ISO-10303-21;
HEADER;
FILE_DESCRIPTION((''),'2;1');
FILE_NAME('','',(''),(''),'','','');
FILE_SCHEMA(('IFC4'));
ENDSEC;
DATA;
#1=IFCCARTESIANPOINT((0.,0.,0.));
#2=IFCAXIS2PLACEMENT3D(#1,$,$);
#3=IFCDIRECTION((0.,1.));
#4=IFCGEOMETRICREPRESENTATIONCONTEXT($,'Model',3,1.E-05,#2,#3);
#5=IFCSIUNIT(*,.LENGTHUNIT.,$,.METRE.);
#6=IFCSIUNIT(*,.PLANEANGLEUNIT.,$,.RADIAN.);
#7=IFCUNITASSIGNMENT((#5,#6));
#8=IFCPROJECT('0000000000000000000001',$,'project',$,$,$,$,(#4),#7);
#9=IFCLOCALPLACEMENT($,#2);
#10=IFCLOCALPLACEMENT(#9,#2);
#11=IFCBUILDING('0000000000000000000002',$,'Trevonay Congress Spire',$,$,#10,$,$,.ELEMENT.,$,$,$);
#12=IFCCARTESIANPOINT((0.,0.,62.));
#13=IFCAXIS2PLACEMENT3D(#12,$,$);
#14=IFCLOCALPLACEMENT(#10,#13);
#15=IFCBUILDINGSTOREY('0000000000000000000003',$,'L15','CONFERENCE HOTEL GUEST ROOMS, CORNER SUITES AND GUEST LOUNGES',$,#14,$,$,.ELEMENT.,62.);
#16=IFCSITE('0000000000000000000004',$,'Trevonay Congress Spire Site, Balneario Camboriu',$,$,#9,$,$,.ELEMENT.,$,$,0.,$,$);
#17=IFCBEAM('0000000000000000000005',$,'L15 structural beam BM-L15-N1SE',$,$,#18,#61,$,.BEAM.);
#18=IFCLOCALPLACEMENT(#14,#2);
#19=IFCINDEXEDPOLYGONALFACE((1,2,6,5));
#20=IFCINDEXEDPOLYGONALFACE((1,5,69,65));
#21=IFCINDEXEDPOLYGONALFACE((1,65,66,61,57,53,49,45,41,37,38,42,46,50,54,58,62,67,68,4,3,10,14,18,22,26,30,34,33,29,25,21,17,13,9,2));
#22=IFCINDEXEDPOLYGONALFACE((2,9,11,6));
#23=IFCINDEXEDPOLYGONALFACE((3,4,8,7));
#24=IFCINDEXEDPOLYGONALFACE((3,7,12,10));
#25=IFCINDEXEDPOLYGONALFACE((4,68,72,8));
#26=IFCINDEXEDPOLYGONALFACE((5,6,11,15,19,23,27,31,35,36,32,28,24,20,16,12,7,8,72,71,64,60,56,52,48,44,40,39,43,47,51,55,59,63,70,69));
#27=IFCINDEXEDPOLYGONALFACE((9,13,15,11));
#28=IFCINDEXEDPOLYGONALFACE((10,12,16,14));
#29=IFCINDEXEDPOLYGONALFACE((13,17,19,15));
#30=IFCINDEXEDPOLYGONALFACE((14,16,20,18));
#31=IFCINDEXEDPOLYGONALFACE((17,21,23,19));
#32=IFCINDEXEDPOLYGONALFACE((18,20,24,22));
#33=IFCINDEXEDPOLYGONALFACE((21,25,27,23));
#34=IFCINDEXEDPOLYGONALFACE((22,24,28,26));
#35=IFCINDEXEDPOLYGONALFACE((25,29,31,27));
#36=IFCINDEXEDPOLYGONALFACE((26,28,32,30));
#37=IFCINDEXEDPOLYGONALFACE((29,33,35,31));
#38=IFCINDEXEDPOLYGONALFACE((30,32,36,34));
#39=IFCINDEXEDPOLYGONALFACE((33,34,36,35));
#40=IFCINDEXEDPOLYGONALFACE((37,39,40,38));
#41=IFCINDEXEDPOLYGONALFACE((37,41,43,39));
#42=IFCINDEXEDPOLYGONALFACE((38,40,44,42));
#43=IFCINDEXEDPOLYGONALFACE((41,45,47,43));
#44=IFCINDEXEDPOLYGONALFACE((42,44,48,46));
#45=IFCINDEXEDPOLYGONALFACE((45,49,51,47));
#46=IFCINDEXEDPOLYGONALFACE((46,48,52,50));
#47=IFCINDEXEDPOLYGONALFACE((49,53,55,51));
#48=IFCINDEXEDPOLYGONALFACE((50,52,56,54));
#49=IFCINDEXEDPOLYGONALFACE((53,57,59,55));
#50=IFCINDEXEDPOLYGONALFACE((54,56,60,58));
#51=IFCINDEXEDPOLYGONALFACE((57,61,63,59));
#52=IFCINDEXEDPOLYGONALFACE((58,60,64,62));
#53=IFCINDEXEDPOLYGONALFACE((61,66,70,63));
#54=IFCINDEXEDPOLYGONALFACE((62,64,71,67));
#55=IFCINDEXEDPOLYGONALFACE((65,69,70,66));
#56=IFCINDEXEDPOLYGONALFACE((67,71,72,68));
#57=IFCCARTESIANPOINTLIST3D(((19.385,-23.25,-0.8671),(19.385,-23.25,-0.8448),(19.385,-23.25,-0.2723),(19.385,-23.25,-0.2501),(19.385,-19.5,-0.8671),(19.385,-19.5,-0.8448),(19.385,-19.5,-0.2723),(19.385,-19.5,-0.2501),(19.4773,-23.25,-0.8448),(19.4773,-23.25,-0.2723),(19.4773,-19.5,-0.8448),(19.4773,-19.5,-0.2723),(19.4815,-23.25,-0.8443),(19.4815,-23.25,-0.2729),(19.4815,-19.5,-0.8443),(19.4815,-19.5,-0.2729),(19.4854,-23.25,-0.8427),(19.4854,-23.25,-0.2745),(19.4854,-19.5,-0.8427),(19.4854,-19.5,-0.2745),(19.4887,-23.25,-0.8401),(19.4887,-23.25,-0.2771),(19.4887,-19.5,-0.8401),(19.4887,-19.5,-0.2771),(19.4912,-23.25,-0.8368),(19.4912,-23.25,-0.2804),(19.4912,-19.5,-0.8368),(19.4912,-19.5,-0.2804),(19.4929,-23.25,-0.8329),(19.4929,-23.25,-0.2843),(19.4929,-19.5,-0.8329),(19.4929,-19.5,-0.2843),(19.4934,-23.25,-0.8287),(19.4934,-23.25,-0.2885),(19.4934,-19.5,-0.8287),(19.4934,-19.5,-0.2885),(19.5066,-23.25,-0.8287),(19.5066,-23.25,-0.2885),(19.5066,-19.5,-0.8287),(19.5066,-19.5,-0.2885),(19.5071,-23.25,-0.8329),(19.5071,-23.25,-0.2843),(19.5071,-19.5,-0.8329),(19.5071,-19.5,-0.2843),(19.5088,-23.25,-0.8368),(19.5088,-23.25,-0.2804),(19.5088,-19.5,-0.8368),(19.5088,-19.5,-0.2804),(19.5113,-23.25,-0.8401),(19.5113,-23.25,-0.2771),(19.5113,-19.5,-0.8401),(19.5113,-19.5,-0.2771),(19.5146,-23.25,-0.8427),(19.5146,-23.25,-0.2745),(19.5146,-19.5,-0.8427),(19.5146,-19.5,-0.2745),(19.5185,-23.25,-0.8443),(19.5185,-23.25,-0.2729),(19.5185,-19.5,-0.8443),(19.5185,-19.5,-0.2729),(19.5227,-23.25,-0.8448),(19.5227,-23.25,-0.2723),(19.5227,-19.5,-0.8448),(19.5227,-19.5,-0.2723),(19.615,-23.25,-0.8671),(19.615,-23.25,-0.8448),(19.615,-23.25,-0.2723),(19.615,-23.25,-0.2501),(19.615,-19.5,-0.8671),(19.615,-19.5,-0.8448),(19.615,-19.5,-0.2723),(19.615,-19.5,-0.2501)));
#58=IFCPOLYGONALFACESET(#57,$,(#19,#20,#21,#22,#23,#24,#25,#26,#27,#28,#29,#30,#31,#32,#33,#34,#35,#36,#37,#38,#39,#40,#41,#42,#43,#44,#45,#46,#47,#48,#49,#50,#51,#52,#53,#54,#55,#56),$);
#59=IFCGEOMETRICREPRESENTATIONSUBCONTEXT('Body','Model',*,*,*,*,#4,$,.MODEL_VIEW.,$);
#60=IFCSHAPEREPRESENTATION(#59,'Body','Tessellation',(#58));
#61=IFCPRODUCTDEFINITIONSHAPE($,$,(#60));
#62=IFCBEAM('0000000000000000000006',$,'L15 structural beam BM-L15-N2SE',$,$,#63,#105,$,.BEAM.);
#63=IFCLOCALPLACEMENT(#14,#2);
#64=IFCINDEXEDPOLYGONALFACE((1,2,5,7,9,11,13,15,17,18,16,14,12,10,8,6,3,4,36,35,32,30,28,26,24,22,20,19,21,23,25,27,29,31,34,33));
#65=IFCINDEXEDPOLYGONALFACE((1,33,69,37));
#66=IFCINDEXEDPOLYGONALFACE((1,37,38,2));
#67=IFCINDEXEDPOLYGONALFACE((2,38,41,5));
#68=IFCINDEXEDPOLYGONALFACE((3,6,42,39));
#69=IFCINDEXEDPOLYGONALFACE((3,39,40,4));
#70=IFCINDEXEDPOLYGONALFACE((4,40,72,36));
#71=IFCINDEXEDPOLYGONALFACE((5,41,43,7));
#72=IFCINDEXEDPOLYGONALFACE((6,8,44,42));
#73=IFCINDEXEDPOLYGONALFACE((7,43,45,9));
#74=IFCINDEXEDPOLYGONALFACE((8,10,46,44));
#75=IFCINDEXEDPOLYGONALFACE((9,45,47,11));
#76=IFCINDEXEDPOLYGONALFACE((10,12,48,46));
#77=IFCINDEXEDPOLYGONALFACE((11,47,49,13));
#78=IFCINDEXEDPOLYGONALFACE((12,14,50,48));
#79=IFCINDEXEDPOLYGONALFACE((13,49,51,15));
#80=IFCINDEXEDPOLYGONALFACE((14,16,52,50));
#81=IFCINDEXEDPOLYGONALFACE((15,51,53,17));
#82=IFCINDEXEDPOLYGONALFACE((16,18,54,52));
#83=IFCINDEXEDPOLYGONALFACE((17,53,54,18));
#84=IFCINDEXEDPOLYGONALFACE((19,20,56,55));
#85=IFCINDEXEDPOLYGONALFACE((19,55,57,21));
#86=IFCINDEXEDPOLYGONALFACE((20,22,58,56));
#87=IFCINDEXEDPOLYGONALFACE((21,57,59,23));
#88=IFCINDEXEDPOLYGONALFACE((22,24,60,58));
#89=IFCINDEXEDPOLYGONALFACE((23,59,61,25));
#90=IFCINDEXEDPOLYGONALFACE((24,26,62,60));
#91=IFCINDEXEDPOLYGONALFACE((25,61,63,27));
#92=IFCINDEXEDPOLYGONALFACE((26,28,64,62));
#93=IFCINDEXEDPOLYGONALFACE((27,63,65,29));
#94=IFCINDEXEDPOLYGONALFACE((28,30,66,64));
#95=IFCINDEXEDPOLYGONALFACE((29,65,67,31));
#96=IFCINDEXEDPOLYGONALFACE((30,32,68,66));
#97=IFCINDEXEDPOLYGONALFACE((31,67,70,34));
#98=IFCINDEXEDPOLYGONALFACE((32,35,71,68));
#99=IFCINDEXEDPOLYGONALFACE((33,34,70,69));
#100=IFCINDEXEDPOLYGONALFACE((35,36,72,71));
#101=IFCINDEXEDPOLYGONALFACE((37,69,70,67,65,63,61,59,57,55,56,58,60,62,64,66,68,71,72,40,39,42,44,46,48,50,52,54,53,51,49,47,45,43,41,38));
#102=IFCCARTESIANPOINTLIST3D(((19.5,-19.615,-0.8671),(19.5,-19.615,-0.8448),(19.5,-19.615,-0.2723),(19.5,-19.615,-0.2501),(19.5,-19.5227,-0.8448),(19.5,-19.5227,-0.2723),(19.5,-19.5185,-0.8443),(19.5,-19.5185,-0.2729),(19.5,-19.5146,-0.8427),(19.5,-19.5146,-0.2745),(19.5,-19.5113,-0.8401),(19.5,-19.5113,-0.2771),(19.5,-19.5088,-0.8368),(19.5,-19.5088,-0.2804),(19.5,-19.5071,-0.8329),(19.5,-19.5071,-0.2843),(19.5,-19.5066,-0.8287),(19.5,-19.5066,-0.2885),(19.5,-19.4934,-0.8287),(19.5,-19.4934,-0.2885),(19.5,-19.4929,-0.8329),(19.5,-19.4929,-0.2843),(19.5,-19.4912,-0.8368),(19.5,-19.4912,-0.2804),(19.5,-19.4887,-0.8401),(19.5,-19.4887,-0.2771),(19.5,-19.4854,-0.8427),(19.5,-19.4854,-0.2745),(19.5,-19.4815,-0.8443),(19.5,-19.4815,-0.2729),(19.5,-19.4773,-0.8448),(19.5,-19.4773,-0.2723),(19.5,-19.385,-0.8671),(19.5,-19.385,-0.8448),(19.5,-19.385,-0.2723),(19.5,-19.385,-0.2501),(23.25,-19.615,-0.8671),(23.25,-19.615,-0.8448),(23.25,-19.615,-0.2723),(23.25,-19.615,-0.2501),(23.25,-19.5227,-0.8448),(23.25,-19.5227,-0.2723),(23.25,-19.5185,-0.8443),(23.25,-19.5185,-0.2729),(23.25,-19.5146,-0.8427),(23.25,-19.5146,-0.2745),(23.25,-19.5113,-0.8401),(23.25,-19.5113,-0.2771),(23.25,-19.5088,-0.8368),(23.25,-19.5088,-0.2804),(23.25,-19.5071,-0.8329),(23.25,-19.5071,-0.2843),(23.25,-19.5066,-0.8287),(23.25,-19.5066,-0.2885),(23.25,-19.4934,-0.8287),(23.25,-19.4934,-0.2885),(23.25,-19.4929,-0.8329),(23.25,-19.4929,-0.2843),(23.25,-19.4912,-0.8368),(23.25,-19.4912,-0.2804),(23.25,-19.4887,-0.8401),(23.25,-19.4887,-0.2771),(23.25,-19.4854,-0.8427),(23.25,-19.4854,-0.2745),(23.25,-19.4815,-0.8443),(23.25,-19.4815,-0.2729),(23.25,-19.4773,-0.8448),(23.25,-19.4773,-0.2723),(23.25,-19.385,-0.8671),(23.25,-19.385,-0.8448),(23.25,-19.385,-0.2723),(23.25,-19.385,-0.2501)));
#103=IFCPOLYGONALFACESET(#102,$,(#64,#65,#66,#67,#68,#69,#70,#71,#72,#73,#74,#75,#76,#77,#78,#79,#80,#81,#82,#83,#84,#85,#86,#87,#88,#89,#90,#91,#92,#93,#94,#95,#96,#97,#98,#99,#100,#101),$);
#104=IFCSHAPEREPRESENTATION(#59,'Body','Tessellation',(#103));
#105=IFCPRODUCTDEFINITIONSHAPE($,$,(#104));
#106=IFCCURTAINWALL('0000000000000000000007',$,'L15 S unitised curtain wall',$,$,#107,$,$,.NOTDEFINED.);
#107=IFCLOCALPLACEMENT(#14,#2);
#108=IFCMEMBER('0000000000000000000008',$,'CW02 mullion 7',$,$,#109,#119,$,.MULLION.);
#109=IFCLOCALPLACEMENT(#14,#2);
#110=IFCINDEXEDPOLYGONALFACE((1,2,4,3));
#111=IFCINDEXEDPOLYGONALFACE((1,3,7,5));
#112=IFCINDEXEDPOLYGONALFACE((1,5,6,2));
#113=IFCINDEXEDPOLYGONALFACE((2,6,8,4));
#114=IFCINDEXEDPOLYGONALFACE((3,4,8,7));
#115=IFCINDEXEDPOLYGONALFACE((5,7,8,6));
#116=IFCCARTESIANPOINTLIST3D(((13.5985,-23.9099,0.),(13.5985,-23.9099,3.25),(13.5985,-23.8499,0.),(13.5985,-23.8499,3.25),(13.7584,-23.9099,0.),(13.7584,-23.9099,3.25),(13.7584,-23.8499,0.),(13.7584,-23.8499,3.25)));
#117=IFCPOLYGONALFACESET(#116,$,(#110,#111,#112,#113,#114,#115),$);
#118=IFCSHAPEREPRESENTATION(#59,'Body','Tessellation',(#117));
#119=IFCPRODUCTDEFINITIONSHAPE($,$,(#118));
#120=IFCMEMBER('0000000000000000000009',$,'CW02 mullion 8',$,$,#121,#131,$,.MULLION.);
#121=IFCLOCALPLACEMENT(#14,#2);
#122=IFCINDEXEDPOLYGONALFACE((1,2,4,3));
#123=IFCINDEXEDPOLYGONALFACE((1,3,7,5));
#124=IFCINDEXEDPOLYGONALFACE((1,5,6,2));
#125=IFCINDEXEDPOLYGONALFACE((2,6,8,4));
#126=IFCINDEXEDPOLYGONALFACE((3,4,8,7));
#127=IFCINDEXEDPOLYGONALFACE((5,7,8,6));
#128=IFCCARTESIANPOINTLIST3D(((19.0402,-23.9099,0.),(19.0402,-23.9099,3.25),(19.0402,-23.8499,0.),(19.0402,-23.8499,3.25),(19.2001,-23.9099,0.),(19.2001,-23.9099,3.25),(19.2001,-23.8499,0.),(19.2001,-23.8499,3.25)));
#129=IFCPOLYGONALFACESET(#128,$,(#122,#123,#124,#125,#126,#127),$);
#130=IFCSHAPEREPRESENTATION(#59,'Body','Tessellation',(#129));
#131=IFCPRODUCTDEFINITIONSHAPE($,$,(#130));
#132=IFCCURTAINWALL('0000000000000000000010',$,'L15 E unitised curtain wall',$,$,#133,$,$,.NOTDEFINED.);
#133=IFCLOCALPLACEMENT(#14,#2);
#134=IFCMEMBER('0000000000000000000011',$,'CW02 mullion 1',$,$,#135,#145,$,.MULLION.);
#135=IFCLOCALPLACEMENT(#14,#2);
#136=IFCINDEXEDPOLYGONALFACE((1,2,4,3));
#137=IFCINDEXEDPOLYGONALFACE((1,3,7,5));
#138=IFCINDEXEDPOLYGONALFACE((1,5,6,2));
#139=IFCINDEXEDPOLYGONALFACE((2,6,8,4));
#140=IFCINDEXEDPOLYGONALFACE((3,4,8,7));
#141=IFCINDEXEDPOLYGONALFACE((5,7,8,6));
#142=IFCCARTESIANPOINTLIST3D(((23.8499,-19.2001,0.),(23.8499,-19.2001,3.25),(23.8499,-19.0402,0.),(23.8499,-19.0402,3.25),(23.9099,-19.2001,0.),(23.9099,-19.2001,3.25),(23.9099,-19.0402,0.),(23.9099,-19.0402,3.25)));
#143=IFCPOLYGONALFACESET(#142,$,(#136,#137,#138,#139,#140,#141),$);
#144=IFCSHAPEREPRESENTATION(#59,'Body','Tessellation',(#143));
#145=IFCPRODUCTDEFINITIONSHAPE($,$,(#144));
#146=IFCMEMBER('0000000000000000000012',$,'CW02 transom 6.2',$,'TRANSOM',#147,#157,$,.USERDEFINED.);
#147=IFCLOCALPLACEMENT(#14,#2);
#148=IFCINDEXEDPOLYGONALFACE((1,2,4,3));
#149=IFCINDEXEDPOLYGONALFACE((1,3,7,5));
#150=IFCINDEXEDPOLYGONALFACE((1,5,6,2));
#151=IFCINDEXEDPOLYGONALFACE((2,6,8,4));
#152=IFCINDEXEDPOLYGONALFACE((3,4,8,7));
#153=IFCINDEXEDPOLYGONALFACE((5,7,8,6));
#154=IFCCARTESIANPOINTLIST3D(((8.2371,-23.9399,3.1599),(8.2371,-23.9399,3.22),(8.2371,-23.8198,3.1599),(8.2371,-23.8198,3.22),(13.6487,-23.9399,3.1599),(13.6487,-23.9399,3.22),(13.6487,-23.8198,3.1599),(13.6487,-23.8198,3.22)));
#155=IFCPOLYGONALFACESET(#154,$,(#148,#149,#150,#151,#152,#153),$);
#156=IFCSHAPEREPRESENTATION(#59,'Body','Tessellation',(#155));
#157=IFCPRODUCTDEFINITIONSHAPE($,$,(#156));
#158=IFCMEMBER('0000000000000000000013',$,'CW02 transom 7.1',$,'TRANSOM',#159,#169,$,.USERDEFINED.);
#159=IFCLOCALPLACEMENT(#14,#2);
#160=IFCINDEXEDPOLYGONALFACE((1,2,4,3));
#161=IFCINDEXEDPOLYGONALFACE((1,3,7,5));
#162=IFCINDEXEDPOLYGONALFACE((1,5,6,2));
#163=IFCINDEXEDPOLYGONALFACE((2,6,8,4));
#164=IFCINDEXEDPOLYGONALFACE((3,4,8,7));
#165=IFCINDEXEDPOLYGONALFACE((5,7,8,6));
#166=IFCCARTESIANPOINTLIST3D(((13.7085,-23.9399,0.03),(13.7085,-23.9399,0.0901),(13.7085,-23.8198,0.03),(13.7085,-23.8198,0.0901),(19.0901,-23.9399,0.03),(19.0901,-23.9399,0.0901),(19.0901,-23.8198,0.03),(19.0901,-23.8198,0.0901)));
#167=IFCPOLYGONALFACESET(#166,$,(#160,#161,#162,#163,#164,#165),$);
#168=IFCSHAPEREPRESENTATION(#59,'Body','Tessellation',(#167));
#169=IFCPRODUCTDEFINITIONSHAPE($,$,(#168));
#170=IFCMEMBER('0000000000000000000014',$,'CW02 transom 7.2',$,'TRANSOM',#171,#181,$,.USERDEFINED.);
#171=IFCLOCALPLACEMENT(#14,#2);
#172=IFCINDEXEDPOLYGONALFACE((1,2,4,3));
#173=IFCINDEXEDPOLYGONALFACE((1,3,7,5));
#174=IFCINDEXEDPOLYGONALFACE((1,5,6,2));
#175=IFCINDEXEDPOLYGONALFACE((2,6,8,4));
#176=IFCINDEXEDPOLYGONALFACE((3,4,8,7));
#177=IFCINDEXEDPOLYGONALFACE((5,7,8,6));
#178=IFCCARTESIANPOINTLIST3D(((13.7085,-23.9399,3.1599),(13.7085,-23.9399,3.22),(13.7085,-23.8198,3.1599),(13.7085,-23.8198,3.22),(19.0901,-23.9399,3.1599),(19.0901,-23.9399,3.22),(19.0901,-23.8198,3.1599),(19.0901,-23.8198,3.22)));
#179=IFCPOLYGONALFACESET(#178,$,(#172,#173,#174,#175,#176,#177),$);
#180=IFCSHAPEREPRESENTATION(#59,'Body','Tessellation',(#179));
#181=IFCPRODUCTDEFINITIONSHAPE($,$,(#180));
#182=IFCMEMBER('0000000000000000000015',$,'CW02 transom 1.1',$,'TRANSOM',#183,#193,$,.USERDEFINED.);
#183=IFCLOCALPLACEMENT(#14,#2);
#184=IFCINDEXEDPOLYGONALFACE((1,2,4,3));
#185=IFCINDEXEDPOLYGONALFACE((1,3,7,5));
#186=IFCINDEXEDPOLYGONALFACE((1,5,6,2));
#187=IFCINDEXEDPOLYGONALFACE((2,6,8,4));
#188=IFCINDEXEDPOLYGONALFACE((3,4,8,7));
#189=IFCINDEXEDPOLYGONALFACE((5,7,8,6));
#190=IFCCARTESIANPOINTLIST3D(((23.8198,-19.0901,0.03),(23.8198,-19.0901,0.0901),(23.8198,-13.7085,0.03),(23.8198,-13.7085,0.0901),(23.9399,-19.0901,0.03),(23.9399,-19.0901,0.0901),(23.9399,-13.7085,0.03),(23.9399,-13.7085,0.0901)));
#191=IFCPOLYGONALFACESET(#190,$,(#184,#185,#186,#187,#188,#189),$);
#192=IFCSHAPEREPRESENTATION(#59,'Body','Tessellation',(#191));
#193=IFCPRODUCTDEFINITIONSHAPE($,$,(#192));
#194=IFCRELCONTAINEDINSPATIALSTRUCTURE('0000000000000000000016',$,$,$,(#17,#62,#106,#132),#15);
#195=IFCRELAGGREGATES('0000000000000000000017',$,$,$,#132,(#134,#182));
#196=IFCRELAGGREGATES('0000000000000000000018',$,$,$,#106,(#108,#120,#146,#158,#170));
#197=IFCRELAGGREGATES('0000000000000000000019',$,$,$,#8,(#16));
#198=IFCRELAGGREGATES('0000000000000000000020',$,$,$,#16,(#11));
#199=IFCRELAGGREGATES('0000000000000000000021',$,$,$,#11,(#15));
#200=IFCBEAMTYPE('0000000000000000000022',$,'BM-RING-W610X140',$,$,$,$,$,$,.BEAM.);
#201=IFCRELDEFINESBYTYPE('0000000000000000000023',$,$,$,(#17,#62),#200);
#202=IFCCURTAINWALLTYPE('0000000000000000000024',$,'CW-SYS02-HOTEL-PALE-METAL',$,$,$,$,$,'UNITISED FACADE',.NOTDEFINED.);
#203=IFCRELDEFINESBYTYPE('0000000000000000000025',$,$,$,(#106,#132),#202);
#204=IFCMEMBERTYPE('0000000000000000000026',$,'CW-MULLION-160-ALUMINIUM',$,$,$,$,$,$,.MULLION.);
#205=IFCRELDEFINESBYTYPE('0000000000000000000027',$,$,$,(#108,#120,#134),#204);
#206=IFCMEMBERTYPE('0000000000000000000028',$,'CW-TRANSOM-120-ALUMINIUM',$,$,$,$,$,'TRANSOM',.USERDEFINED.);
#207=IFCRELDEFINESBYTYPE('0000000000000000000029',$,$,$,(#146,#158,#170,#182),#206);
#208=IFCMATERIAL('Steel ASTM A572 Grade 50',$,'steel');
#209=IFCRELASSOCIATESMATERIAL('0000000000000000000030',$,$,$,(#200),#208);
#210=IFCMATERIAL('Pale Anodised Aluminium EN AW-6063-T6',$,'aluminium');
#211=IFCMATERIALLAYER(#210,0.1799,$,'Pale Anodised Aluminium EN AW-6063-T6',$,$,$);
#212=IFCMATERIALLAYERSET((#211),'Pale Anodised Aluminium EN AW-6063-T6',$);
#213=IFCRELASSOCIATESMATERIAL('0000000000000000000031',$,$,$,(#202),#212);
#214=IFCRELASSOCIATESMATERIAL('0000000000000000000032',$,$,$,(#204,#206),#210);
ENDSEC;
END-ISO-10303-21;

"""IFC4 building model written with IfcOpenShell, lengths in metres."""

from ifc_helpers import new_model, si_unit, direction, frame, origin, origin_2d, place, context, subcontext, project, spatial, rectangle, i_section, extrude, material, layer, layer_set, material_profile, profile_set, type_object, element, aggregate, save


model = new_model("IFC4")

# Units and contexts
model_context = context("Model", 3, precision=1e-05, world=origin(), true_north=direction((0.0, 1.0)))
body_context = subcontext(model_context, "Body", "Model", "MODEL_VIEW")
ifc_project = project(units=[si_unit("LENGTHUNIT", "METRE"), si_unit("PLANEANGLEUNIT", "RADIAN")], contexts=[model_context])

# Site, building, storey
site_placement = place(None, origin())
site = spatial("IfcSite", under=ifc_project, at=site_placement, Name="Trevonay Congress Spire Site, Balneario Camboriu", CompositionType="ELEMENT", RefElevation=0.0)
building_placement = place(site_placement, origin())
building = spatial("IfcBuilding", under=site, at=building_placement, Name="Trevonay Congress Spire", CompositionType="ELEMENT")
storey_placement = place(building_placement, frame((0.0, 0.0, 62.0)))
storey = spatial("IfcBuildingStorey", under=building, at=storey_placement, Name="L15", Description="CONFERENCE HOTEL GUEST ROOMS, CORNER SUITES AND GUEST LOUNGES", CompositionType="ELEMENT", Elevation=62.0)

# Shared definitions
ifc_material_1 = material(Name="Steel ASTM A572 Grade 50", Category="steel")

# Beams
ifc_material_profile_1 = material_profile(ifc_material_1, i_section(OverallWidth=0.23, OverallDepth=0.6169, WebThickness=0.0132, FlangeThickness=0.0222, FilletRadius=0.0161, at=origin_2d()), Name="W610x140")
ifc_profile_set_1 = profile_set([ifc_material_profile_1], Name="Steel ASTM A572 Grade 50")
beam_type_1 = type_object("IfcBeamType", Name="BM-RING-W610X140", PredefinedType="BEAM", material=ifc_profile_set_1)
for number, where, z_axis, x_axis, name in (
    (1, (19.5, -23.25, -0.5586), (0.0, 1.0, 0.0), (-1.0, 0.0, 0.0), "L15 structural beam BM-L15-N1SE"),
    (2, (23.25, -19.5, -0.5586), (-1.0, 0.0, 0.0), (0.0, -1.0, 0.0), "L15 structural beam BM-L15-N2SE"),
):
    element("IfcBeam", number, at=place(storey_placement, frame(where, z_axis=z_axis, x_axis=x_axis)), inside=storey, type_object=beam_type_1, Name=name, PredefinedType="BEAM", context=body_context, shape_type="SweptSolid", body=[
        extrude(i_section(OverallWidth=0.23, OverallDepth=0.6169, WebThickness=0.0132, FlangeThickness=0.0222, FilletRadius=0.0161, at=origin_2d()), origin(), (0.0, 0.0, 1.0), 3.75),
    ])

# Curtain wall, members
ifc_material_2 = material(Name="Pale Anodised Aluminium EN AW-6063-T6", Category="aluminium")
ifc_layer_1 = layer(ifc_material_2, 0.1799, Name="Pale Anodised Aluminium EN AW-6063-T6")
ifc_layer_set_1 = layer_set([ifc_layer_1], Name="Pale Anodised Aluminium EN AW-6063-T6")
curtain_wall_type = type_object("IfcCurtainWallType", Name="CW-SYS02-HOTEL-PALE-METAL", ElementType="UNITISED FACADE", PredefinedType="NOTDEFINED", material=ifc_layer_set_1)
curtain_wall_1_placement = place(storey_placement, origin())
curtain_wall_1 = element("IfcCurtainWall", 3, at=curtain_wall_1_placement, inside=storey, type_object=curtain_wall_type, Name="L15 S unitised curtain wall", PredefinedType="NOTDEFINED")
ifc_material_profile_2 = material_profile(ifc_material_2, rectangle(XDim=0.0601, YDim=0.1599, at=origin_2d()), Name="CW-MULLION-160-ALUMINIUM")
ifc_profile_set_2 = profile_set([ifc_material_profile_2], Name="Pale Anodised Aluminium EN AW-6063-T6")
member_type_1 = type_object("IfcMemberType", Name="CW-MULLION-160-ALUMINIUM", PredefinedType="MULLION", material=ifc_profile_set_2)
member_1_placement = place(storey_placement, frame((13.6785, -23.8799, 0.0), z_axis=(0.0, 0.0, 1.0), x_axis=(0.0, 1.0, 0.0)))
member_1 = element("IfcMember", 4, at=member_1_placement, type_object=member_type_1, Name="CW02 mullion 7", PredefinedType="MULLION", context=body_context, shape_type="SweptSolid", body=[
    extrude(rectangle(XDim=0.0601, YDim=0.1599, at=origin_2d()), origin(), (0.0, 0.0, 1.0), 3.25),
])
member_2_placement = place(storey_placement, frame((19.1201, -23.8799, 0.0), z_axis=(0.0, 0.0, 1.0), x_axis=(0.0, 1.0, 0.0)))
member_2 = element("IfcMember", 5, at=member_2_placement, type_object=member_type_1, Name="CW02 mullion 8", PredefinedType="MULLION", context=body_context, shape_type="SweptSolid", body=[
    extrude(rectangle(XDim=0.0601, YDim=0.1599, at=origin_2d()), origin(), (0.0, 0.0, 1.0), 3.25),
])

# Curtain wall, member
curtain_wall_2_placement = place(storey_placement, origin())
curtain_wall_2 = element("IfcCurtainWall", 6, at=curtain_wall_2_placement, inside=storey, type_object=curtain_wall_type, Name="L15 E unitised curtain wall", PredefinedType="NOTDEFINED")
member_3_placement = place(storey_placement, frame((23.8799, -19.1201, 0.0), z_axis=(0.0, 0.0, 1.0), x_axis=(-1.0, 0.0, 0.0)))
member_3 = element("IfcMember", 7, at=member_3_placement, type_object=member_type_1, Name="CW02 mullion 1", PredefinedType="MULLION", context=body_context, shape_type="SweptSolid", body=[
    extrude(rectangle(XDim=0.0601, YDim=0.1599, at=origin_2d()), origin(), (0.0, 0.0, 1.0), 3.25),
])

# Members
ifc_material_profile_3 = material_profile(ifc_material_2, rectangle(XDim=0.1201, YDim=0.0601, at=origin_2d()), Name="CW-TRANSOM-120-ALUMINIUM")
ifc_profile_set_3 = profile_set([ifc_material_profile_3], Name="Pale Anodised Aluminium EN AW-6063-T6")
member_type_2 = type_object("IfcMemberType", Name="CW-TRANSOM-120-ALUMINIUM", ElementType="TRANSOM", PredefinedType="USERDEFINED", material=ifc_profile_set_3)
member_4_placement = place(storey_placement, frame((8.2371, -23.8799, 3.1899), z_axis=(1.0, 0.0, 0.0), x_axis=(0.0, 1.0, 0.0)))
member_4 = element("IfcMember", 8, at=member_4_placement, type_object=member_type_2, Name="CW02 transom 6.2", ObjectType="TRANSOM", PredefinedType="USERDEFINED", context=body_context, shape_type="SweptSolid", body=[
    extrude(rectangle(XDim=0.1201, YDim=0.0601, at=origin_2d()), origin(), (0.0, 0.0, 1.0), 5.4116),
])
member_5_placement = place(storey_placement, frame((13.7085, -23.8799, 0.0601), z_axis=(1.0, 0.0, 0.0), x_axis=(0.0, 1.0, 0.0)))
member_5 = element("IfcMember", 9, at=member_5_placement, type_object=member_type_2, Name="CW02 transom 7.1", ObjectType="TRANSOM", PredefinedType="USERDEFINED", context=body_context, shape_type="SweptSolid", body=[
    extrude(rectangle(XDim=0.1201, YDim=0.0601, at=origin_2d()), origin(), (0.0, 0.0, 1.0), 5.3816),
])
member_6_placement = place(storey_placement, frame((13.7085, -23.8799, 3.1899), z_axis=(1.0, 0.0, 0.0), x_axis=(0.0, 1.0, 0.0)))
member_6 = element("IfcMember", 10, at=member_6_placement, type_object=member_type_2, Name="CW02 transom 7.2", ObjectType="TRANSOM", PredefinedType="USERDEFINED", context=body_context, shape_type="SweptSolid", body=[
    extrude(rectangle(XDim=0.1201, YDim=0.0601, at=origin_2d()), origin(), (0.0, 0.0, 1.0), 5.3816),
])
member_7_placement = place(storey_placement, frame((23.8799, -19.0901, 0.0601), z_axis=(0.0, 1.0, 0.0), x_axis=(-1.0, 0.0, 0.0)))
member_7 = element("IfcMember", 11, at=member_7_placement, type_object=member_type_2, Name="CW02 transom 1.1", ObjectType="TRANSOM", PredefinedType="USERDEFINED", context=body_context, shape_type="SweptSolid", body=[
    extrude(rectangle(XDim=0.1201, YDim=0.0601, at=origin_2d()), origin(), (0.0, 0.0, 1.0), 5.3816),
])
aggregate(curtain_wall_2, [member_3, member_7])

aggregate(curtain_wall_1, [member_1, member_2, member_4, member_5, member_6])

save(model, "model.ifc")
